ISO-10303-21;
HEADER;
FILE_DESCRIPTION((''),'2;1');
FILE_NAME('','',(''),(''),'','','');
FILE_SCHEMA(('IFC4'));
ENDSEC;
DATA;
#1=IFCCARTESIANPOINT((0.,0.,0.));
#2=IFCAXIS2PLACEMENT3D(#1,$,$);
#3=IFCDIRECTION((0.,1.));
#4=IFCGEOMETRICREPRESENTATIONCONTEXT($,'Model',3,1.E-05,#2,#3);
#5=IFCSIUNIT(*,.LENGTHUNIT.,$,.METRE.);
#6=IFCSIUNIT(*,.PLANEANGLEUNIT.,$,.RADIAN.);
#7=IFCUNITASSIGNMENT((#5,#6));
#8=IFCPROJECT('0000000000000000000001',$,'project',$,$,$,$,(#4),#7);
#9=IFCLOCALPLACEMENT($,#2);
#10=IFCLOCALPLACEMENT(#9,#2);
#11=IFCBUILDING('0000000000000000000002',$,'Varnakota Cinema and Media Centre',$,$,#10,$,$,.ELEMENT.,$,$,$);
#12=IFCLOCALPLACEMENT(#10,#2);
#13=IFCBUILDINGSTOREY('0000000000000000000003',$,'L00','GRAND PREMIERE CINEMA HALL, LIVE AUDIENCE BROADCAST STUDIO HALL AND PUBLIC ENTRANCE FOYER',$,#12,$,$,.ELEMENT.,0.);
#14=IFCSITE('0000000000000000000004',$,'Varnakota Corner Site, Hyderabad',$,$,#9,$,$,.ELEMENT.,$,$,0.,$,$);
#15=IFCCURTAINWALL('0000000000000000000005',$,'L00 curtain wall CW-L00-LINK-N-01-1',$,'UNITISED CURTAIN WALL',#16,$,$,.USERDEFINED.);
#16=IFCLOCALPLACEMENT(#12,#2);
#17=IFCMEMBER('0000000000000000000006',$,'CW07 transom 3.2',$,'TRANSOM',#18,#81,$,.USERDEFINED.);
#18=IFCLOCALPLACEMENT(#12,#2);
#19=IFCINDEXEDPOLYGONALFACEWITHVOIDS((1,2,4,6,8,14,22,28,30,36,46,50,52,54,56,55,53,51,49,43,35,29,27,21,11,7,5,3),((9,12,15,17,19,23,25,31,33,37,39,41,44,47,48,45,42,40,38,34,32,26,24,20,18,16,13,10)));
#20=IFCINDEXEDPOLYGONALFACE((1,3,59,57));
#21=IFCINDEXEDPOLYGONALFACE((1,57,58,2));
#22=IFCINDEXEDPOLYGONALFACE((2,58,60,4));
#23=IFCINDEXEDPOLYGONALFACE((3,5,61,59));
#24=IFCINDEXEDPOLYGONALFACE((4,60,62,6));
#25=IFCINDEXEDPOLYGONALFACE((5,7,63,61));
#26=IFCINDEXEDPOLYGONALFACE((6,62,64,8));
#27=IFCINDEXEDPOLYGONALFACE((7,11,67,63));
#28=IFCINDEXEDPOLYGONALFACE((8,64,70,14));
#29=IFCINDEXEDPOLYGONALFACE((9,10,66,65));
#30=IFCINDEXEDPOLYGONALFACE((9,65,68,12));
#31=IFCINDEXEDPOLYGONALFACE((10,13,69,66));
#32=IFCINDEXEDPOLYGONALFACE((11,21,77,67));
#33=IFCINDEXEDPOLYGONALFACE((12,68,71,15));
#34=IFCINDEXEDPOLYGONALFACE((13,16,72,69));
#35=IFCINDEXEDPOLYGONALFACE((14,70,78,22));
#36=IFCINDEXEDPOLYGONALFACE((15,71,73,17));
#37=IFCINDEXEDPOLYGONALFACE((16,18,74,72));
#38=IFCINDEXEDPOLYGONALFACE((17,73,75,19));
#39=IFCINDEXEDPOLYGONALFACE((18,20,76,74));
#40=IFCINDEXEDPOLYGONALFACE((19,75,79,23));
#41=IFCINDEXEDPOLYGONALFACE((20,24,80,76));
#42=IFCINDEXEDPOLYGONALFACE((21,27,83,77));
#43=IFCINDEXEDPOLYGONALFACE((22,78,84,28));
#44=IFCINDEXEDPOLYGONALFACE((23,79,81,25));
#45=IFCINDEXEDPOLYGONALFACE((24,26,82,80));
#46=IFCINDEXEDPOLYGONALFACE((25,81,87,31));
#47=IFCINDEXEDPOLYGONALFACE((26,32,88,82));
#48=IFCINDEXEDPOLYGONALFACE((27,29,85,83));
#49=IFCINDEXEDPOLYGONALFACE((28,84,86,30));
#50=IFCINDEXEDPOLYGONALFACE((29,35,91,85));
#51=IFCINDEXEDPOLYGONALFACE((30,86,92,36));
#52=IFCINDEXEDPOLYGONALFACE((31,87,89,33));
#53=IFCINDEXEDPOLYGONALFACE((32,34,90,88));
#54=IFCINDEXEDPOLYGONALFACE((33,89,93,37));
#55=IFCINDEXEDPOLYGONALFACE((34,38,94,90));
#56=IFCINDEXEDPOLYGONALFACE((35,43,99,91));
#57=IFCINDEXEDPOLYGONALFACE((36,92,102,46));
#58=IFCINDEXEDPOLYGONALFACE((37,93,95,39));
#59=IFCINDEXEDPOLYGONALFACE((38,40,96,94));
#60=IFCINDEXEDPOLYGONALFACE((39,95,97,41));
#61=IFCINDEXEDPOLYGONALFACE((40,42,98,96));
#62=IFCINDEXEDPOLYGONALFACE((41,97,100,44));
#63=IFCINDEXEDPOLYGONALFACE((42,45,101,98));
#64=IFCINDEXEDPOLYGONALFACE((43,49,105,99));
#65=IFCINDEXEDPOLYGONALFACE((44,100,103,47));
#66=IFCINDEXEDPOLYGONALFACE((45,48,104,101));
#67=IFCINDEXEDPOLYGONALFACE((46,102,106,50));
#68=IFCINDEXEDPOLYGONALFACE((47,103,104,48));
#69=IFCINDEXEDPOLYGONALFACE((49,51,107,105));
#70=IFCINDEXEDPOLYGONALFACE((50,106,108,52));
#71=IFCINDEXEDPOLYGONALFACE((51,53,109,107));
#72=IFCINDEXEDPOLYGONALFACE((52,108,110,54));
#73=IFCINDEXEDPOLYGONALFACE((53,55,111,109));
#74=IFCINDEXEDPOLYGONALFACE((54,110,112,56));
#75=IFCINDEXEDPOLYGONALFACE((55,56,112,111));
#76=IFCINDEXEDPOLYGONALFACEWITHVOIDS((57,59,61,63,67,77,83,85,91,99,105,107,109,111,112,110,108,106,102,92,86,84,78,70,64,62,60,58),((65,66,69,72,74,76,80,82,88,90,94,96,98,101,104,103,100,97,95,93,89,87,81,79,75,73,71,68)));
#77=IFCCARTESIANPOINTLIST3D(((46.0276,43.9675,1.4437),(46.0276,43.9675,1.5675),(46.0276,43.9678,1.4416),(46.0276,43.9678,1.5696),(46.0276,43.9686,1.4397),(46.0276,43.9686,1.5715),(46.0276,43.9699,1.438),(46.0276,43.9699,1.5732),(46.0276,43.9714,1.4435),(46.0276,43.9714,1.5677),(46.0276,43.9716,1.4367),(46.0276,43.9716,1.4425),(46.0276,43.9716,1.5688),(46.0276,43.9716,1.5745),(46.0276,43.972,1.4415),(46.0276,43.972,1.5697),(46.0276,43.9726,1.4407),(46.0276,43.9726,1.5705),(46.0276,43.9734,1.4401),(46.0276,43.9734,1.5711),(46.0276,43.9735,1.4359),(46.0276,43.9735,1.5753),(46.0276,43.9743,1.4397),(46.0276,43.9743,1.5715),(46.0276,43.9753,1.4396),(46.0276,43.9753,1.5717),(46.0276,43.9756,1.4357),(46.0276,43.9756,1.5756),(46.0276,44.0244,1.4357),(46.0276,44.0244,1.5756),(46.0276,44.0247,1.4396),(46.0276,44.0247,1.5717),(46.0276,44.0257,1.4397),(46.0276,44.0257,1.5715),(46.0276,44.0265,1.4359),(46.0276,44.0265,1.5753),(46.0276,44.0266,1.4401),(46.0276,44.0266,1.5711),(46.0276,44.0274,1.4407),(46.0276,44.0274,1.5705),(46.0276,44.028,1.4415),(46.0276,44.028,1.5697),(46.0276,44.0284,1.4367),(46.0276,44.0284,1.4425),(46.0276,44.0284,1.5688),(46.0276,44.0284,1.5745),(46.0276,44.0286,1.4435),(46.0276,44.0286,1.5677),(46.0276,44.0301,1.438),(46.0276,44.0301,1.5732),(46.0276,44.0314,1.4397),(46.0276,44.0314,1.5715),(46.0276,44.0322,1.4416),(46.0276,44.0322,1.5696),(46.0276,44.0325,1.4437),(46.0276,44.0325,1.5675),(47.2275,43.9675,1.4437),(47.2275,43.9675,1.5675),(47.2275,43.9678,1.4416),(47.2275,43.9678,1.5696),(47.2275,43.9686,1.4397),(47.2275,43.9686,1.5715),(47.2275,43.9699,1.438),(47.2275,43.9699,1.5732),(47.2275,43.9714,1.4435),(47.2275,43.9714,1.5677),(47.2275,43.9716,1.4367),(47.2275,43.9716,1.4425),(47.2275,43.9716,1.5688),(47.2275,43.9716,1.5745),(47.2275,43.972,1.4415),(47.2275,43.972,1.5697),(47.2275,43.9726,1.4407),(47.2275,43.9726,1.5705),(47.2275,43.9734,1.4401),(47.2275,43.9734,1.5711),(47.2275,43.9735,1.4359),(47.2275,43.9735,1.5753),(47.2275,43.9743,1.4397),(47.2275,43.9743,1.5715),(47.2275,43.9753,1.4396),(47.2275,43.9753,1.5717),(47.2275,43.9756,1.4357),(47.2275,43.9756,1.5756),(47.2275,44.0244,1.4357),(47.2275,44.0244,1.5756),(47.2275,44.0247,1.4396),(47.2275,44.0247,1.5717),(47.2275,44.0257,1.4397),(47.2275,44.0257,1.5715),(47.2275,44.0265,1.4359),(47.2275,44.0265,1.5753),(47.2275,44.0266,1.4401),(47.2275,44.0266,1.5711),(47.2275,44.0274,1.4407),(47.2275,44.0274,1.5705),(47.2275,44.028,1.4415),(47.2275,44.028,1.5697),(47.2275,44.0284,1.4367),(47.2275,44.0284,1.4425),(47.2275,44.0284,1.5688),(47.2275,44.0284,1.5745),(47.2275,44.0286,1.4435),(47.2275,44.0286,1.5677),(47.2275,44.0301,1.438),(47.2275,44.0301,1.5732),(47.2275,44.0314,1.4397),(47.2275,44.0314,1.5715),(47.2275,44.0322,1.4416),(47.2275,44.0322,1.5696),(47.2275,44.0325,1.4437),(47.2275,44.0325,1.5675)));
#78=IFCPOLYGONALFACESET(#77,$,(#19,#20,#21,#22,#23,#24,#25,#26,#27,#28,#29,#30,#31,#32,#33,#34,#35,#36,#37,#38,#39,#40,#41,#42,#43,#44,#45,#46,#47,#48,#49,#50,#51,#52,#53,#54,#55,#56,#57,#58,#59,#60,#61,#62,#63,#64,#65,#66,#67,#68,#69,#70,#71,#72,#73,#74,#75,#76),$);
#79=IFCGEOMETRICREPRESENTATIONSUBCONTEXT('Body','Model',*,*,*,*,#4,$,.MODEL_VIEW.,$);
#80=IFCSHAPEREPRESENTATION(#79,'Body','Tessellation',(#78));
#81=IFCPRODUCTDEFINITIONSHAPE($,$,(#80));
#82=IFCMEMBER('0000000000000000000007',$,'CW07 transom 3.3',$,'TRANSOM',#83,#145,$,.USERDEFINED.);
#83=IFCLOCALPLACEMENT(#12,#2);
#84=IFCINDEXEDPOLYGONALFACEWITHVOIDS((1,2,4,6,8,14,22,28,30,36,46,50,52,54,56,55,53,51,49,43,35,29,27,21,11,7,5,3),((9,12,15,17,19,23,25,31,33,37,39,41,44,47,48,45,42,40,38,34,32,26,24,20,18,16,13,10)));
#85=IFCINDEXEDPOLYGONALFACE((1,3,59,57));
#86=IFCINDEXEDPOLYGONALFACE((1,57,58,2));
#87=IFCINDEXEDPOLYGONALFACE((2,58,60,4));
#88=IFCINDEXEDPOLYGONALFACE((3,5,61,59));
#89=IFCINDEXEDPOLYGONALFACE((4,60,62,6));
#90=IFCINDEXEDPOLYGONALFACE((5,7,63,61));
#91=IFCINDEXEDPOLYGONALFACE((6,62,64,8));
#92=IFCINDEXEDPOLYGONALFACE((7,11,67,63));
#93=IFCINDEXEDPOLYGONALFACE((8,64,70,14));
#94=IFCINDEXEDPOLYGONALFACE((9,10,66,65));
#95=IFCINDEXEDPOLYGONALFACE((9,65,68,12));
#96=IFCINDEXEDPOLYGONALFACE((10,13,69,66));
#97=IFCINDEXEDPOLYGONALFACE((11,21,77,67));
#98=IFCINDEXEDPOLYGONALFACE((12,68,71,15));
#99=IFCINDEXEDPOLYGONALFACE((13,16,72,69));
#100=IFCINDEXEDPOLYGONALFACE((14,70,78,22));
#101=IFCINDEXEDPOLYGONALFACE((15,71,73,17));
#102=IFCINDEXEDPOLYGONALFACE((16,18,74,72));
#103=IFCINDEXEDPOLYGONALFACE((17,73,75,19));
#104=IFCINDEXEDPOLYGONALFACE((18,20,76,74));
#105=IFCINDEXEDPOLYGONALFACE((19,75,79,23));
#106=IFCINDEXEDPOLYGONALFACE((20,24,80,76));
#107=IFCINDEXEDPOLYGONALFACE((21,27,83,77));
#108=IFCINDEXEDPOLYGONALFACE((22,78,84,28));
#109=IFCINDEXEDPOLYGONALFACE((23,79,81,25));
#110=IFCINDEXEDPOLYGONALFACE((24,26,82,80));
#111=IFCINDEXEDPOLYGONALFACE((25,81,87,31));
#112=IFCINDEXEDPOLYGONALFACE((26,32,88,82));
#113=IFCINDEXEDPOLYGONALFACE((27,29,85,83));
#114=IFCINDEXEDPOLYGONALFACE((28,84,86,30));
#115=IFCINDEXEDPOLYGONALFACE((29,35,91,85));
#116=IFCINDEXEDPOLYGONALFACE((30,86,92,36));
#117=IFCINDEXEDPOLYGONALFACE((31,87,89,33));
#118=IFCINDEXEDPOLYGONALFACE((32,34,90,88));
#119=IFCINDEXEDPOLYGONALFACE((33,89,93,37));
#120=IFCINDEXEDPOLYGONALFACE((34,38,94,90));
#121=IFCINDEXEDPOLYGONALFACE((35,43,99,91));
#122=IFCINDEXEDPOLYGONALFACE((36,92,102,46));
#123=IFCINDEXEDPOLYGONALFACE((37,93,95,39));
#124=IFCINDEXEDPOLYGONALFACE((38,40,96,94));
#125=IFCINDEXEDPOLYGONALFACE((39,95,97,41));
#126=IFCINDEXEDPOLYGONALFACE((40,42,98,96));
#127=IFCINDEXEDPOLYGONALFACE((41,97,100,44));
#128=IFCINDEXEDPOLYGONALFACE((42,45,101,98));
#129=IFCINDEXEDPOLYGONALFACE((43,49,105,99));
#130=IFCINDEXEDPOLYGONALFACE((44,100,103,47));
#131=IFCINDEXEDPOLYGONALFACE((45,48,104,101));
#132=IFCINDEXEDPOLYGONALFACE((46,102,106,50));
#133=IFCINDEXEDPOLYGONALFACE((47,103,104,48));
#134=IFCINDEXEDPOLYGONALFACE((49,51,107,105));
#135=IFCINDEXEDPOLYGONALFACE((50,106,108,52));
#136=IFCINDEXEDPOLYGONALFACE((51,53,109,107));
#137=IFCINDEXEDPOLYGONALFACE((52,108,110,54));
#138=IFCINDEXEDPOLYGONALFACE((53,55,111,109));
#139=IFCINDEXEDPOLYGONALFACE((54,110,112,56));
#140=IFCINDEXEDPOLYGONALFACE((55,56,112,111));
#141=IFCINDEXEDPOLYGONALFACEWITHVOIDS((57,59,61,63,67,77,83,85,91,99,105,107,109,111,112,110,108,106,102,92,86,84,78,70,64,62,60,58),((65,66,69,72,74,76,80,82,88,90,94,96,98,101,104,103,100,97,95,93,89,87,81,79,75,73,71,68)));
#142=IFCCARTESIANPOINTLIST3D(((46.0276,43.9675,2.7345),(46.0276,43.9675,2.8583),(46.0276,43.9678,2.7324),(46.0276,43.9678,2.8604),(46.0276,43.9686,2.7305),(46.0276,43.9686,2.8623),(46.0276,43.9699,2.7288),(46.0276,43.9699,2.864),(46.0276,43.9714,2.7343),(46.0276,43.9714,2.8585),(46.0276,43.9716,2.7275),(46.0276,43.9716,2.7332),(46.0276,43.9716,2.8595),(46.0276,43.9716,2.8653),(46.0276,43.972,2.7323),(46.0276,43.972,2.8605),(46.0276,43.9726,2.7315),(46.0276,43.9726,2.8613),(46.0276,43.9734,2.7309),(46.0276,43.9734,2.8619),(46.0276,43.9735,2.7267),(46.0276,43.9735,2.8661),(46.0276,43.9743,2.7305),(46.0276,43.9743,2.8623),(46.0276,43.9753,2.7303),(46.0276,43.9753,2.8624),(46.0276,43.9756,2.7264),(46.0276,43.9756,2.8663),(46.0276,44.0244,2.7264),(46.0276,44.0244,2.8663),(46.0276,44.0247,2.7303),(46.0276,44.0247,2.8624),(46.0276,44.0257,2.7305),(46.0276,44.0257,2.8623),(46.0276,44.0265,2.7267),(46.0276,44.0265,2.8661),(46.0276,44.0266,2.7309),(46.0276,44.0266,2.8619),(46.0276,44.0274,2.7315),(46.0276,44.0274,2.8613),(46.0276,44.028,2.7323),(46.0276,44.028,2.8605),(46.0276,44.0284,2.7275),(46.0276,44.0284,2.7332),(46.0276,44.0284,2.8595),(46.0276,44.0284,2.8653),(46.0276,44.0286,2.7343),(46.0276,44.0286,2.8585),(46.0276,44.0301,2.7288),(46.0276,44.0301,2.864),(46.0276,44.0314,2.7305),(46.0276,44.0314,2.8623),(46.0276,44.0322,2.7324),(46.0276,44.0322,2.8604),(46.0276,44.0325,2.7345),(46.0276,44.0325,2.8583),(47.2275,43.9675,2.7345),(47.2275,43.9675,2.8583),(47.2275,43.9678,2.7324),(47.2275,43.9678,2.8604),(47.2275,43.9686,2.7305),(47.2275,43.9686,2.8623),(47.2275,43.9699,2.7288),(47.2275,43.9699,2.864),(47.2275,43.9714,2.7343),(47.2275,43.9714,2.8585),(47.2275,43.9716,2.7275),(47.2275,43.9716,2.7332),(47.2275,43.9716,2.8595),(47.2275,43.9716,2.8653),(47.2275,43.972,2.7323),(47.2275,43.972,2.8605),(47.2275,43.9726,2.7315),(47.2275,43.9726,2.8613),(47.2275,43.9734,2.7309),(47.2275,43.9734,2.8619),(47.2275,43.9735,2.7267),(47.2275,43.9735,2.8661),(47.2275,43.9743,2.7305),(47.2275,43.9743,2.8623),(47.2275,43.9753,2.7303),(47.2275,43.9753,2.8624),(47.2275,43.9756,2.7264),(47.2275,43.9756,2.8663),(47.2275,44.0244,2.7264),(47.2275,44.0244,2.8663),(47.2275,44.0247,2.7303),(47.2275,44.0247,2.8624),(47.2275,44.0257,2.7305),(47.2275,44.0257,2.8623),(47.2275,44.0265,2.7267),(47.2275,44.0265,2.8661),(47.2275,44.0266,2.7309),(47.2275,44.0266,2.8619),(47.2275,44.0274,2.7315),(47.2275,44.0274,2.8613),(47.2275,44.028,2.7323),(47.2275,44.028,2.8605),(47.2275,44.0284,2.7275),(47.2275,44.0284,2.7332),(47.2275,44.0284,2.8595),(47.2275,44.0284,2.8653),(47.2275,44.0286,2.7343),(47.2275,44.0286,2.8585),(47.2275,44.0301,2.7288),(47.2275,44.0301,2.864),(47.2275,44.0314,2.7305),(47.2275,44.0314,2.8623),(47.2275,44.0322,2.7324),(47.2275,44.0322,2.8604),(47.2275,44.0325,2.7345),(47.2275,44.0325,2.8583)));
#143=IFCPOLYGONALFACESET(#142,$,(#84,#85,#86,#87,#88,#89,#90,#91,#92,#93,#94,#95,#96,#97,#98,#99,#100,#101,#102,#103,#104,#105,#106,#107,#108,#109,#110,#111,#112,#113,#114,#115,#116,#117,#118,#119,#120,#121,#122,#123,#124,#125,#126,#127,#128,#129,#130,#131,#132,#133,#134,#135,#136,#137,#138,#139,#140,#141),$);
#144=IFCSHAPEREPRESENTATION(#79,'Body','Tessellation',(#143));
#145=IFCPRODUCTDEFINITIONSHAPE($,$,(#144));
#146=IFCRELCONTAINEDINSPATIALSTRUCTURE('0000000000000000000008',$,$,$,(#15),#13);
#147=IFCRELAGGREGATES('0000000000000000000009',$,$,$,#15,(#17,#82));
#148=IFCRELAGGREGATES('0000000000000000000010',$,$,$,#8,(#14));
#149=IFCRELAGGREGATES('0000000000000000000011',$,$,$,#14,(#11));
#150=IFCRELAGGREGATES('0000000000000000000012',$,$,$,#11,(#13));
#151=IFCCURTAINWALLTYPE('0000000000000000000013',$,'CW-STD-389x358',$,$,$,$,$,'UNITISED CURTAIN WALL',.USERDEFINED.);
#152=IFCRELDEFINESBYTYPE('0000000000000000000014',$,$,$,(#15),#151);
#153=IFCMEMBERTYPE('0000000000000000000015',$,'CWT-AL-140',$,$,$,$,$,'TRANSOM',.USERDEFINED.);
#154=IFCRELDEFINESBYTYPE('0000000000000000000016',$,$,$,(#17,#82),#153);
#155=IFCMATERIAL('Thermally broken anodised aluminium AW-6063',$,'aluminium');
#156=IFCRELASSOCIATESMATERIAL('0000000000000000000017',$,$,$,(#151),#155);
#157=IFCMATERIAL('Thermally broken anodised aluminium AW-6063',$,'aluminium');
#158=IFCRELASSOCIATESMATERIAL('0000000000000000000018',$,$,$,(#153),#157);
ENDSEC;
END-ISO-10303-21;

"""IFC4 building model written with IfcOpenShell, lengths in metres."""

from ifc_helpers import new_model, si_unit, direction, frame, origin, origin_2d, place, context, subcontext, project, spatial, hollow_rectangle, extrude, material, material_profile, profile_set, type_object, element, aggregate, save


model = new_model("IFC4")

# Units and contexts
model_context = context("Model", 3, precision=1e-05, world=origin(), true_north=direction((0.0, 1.0)))
body_context = subcontext(model_context, "Body", "Model", "MODEL_VIEW")
ifc_project = project(units=[si_unit("LENGTHUNIT", "METRE"), si_unit("PLANEANGLEUNIT", "RADIAN")], contexts=[model_context])

# Site, building, storey
site_placement = place(None, origin())
site = spatial("IfcSite", under=ifc_project, at=site_placement, Name="Varnakota Corner Site, Hyderabad", CompositionType="ELEMENT", RefElevation=0.0)
building_placement = place(site_placement, origin())
building = spatial("IfcBuilding", under=site, at=building_placement, Name="Varnakota Cinema and Media Centre", CompositionType="ELEMENT")
storey_placement = place(building_placement, origin())
storey = spatial("IfcBuildingStorey", under=building, at=storey_placement, Name="L00", Description="GRAND PREMIERE CINEMA HALL, LIVE AUDIENCE BROADCAST STUDIO HALL AND PUBLIC ENTRANCE FOYER", CompositionType="ELEMENT", Elevation=0.0)

# Curtain wall
ifc_material_1 = material(Name="Thermally broken anodised aluminium AW-6063", Category="aluminium")
curtain_wall_type = type_object("IfcCurtainWallType", Name="CW-STD-389x358", ElementType="UNITISED CURTAIN WALL", PredefinedType="USERDEFINED", material=ifc_material_1)
curtain_wall_1_placement = place(storey_placement, origin())
curtain_wall_1 = element("IfcCurtainWall", 1, at=curtain_wall_1_placement, inside=storey, type_object=curtain_wall_type, Name="L00 curtain wall CW-L00-LINK-N-01-1", ObjectType="UNITISED CURTAIN WALL", PredefinedType="USERDEFINED")

# Members
ifc_material_2 = material(Name="Thermally broken anodised aluminium AW-6063", Category="aluminium")
ifc_material_profile_1 = material_profile(ifc_material_2, hollow_rectangle(XDim=0.0649, YDim=0.1399, WallThickness=0.0039, InnerFilletRadius=0.0039, OuterFilletRadius=0.0081, at=origin_2d()), Name="AL-TRANSOM 140x65x4")
ifc_profile_set_1 = profile_set([ifc_material_profile_1], Name="Thermally broken anodised aluminium AW-6063")
member_type_1 = type_object("IfcMemberType", Name="CWT-AL-140", ElementType="TRANSOM", PredefinedType="USERDEFINED", material=ifc_profile_set_1)
member_1_placement = place(storey_placement, frame((46.0276, 44.0, 1.5056), z_axis=(1.0, 0.0, 0.0), x_axis=(0.0, 1.0, 0.0)))
member_1 = element("IfcMember", 2, at=member_1_placement, type_object=member_type_1, Name="CW07 transom 3.2", ObjectType="TRANSOM", PredefinedType="USERDEFINED", context=body_context, shape_type="SweptSolid", body=[
    extrude(hollow_rectangle(XDim=0.0649, YDim=0.1399, WallThickness=0.0039, InnerFilletRadius=0.0039, OuterFilletRadius=0.0081, at=origin_2d()), origin(), (0.0, 0.0, 1.0), 1.2),
])
member_2_placement = place(storey_placement, frame((46.0276, 44.0, 2.7964), z_axis=(1.0, 0.0, 0.0), x_axis=(0.0, 1.0, 0.0)))
member_2 = element("IfcMember", 3, at=member_2_placement, type_object=member_type_1, Name="CW07 transom 3.3", ObjectType="TRANSOM", PredefinedType="USERDEFINED", context=body_context, shape_type="SweptSolid", body=[
    extrude(hollow_rectangle(XDim=0.0649, YDim=0.1399, WallThickness=0.0039, InnerFilletRadius=0.0039, OuterFilletRadius=0.0081, at=origin_2d()), origin(), (0.0, 0.0, 1.0), 1.2),
])

aggregate(curtain_wall_1, [member_1, member_2])

save(model, "model.ifc")
